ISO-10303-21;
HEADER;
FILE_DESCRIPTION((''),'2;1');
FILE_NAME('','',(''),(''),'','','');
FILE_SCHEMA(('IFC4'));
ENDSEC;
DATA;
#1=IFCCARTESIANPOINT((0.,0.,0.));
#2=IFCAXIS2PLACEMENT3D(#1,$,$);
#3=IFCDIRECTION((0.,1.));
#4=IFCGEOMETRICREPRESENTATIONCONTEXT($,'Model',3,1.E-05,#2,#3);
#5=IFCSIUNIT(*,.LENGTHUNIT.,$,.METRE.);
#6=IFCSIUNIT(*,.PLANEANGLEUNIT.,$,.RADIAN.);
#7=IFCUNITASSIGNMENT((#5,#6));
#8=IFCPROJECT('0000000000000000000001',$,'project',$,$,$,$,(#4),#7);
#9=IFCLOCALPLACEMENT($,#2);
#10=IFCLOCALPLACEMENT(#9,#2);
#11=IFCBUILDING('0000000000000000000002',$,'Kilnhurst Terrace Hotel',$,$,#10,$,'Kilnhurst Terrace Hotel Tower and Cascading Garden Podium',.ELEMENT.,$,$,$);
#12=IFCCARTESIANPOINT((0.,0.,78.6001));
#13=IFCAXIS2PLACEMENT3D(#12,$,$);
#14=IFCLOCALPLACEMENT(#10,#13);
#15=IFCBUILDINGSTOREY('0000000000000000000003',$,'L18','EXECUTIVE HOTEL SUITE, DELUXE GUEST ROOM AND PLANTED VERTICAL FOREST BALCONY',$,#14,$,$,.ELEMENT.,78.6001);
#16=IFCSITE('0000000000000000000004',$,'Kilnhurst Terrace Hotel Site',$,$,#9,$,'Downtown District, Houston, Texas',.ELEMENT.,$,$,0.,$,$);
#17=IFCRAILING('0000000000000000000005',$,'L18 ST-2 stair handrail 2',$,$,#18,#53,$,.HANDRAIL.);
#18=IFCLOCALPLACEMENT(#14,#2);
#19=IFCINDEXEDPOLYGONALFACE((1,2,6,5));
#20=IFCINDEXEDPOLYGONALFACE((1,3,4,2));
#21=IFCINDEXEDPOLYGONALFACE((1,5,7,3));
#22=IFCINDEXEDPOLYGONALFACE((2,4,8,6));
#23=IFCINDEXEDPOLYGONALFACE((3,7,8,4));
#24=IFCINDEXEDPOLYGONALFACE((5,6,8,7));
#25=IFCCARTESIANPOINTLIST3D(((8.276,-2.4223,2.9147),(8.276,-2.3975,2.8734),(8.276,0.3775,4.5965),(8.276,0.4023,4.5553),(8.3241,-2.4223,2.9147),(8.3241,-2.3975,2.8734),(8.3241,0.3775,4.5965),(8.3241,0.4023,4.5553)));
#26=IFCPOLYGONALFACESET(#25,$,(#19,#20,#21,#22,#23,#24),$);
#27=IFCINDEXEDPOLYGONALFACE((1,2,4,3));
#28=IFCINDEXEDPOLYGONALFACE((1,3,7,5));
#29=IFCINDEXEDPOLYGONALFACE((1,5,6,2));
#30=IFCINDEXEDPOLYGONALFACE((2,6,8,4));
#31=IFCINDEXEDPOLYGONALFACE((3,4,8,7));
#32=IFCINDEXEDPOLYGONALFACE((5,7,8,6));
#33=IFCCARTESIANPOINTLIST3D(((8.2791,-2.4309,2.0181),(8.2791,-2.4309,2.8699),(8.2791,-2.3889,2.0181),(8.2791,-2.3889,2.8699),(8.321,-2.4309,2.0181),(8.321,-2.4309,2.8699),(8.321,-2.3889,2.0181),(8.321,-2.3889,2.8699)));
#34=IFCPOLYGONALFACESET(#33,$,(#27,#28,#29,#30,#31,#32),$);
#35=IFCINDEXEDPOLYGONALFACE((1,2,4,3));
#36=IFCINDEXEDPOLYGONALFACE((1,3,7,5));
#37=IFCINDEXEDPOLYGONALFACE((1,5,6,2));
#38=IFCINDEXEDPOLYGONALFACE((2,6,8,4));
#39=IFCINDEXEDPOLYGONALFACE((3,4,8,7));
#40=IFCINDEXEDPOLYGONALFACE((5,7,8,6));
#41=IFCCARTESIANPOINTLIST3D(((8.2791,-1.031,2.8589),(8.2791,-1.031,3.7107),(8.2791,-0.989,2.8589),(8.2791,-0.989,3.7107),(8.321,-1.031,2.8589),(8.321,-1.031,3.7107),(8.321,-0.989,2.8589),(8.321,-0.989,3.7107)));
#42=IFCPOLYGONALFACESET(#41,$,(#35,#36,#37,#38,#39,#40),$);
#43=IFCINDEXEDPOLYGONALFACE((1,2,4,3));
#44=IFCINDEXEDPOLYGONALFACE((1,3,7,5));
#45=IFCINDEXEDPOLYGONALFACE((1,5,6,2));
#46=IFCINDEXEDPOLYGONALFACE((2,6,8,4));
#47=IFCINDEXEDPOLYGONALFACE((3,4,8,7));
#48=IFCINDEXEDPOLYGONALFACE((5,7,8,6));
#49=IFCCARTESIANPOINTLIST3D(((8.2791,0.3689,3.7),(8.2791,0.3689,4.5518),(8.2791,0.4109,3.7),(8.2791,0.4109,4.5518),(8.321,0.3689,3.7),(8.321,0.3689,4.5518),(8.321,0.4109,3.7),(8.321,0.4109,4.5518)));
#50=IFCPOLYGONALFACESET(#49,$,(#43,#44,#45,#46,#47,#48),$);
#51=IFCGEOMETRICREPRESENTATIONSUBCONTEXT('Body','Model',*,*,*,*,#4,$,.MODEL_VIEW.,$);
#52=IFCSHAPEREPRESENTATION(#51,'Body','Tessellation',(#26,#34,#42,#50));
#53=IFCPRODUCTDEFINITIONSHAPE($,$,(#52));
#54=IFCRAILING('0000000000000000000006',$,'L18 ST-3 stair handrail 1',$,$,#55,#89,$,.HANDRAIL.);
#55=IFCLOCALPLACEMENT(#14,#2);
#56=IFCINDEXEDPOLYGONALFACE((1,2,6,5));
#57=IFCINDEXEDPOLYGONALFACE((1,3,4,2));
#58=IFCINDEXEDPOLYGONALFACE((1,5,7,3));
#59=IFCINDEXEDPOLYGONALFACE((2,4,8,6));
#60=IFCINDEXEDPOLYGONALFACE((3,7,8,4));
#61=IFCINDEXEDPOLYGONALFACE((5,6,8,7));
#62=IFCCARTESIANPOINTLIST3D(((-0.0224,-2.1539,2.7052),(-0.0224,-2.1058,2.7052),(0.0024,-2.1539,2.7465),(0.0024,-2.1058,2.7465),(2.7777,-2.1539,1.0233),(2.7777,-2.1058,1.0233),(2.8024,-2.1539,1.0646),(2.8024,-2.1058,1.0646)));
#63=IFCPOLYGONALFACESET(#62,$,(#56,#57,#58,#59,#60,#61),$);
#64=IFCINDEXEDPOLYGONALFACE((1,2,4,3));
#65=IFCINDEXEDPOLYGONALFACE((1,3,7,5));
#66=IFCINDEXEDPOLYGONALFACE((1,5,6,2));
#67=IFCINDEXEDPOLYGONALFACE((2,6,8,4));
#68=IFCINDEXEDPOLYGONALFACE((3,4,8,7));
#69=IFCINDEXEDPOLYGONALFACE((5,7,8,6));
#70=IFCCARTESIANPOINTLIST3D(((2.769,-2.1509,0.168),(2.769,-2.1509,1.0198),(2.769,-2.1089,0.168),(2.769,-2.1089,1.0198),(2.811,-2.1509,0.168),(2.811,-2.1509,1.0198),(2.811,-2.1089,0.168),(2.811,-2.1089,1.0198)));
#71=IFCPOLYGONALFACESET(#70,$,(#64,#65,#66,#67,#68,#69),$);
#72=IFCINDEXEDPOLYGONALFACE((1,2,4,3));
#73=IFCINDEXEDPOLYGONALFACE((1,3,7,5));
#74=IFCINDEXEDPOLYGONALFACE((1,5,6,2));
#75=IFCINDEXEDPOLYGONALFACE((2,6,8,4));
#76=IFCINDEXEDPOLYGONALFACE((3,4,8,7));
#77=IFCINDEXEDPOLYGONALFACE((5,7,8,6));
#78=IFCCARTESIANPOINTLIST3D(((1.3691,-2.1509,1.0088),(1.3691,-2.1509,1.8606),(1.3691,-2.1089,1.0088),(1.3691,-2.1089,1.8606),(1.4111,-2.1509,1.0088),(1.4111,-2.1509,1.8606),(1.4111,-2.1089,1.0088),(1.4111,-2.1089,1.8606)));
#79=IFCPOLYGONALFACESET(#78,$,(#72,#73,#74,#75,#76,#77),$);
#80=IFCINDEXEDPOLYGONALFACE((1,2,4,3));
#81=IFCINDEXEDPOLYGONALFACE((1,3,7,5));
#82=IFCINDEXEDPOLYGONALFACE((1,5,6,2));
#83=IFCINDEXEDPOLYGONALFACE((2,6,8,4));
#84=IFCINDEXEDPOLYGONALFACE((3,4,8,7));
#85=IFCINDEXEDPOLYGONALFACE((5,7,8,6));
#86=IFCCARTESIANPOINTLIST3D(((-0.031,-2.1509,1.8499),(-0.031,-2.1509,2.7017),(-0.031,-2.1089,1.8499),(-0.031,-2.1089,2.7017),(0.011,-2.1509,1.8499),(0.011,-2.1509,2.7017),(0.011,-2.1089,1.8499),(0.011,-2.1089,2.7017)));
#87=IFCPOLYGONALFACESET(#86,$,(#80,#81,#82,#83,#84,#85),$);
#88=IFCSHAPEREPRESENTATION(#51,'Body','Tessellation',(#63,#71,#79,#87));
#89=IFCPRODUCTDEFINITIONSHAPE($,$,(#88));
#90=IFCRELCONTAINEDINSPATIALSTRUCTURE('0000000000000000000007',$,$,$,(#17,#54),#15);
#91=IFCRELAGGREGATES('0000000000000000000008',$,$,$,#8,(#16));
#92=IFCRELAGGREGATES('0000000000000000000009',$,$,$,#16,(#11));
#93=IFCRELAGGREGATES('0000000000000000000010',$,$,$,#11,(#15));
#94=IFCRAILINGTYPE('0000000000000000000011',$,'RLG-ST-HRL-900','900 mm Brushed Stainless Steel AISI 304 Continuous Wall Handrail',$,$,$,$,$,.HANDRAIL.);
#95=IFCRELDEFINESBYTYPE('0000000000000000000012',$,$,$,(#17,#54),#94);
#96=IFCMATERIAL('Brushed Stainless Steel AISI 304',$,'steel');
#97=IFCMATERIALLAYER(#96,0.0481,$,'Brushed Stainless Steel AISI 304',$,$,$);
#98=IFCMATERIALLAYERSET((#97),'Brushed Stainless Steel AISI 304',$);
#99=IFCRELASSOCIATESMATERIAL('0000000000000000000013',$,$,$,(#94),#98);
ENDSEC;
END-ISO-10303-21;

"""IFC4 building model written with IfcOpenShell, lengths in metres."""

from ifc_helpers import new_model, si_unit, direction, frame, origin, origin_2d, place, context, subcontext, project, spatial, rectangle, extrude, material, layer, layer_set, type_object, element, save


model = new_model("IFC4")

# Units and contexts
model_context = context("Model", 3, precision=1e-05, world=origin(), true_north=direction((0.0, 1.0)))
body_context = subcontext(model_context, "Body", "Model", "MODEL_VIEW")
ifc_project = project(units=[si_unit("LENGTHUNIT", "METRE"), si_unit("PLANEANGLEUNIT", "RADIAN")], contexts=[model_context])

# Site, building, storey
site_placement = place(None, origin())
site = spatial("IfcSite", under=ifc_project, at=site_placement, Name="Kilnhurst Terrace Hotel Site", LongName="Downtown District, Houston, Texas", CompositionType="ELEMENT", RefElevation=0.0)
building_placement = place(site_placement, origin())
building = spatial("IfcBuilding", under=site, at=building_placement, Name="Kilnhurst Terrace Hotel", LongName="Kilnhurst Terrace Hotel Tower and Cascading Garden Podium", CompositionType="ELEMENT")
storey_placement = place(building_placement, frame((0.0, 0.0, 78.6001)))
storey = spatial("IfcBuildingStorey", under=building, at=storey_placement, Name="L18", Description="EXECUTIVE HOTEL SUITE, DELUXE GUEST ROOM AND PLANTED VERTICAL FOREST BALCONY", CompositionType="ELEMENT", Elevation=78.6001)

# Railings
ifc_material_1 = material(Name="Brushed Stainless Steel AISI 304", Category="steel")
ifc_layer_1 = layer(ifc_material_1, 0.0481, Name="Brushed Stainless Steel AISI 304")
ifc_layer_set_1 = layer_set([ifc_layer_1], Name="Brushed Stainless Steel AISI 304")
railing_type_1 = type_object("IfcRailingType", Name="RLG-ST-HRL-900", Description="900 mm Brushed Stainless Steel AISI 304 Continuous Wall Handrail", PredefinedType="HANDRAIL", material=ifc_layer_set_1)
railing_1_placement = place(storey_placement, frame((8.3, -2.4099, 2.0181)))
element("IfcRailing", 1, at=railing_1_placement, inside=storey, type_object=railing_type_1, Name="L18 ST-2 stair handrail 2", PredefinedType="HANDRAIL", context=body_context, shape_type="SweptSolid", body=[
    extrude(rectangle(XDim=0.0481, YDim=0.0481, at=origin_2d()), frame((0.0, 0.0, 0.876), z_axis=(0.0, 0.857222, 0.514946), x_axis=(-1.0, 0.0, 0.0)), (0.0, 0.0, 1.0), 3.2661),
    extrude(rectangle(XDim=0.042, YDim=0.042, at=origin_2d()), origin(), (0.0, 0.0, 1.0), 0.8518),
    extrude(rectangle(XDim=0.042, YDim=0.042, at=origin_2d()), frame((0.0, 1.3999, 0.8408)), (0.0, 0.0, 1.0), 0.8518),
    extrude(rectangle(XDim=0.042, YDim=0.042, at=origin_2d()), frame((0.0, 2.7998, 1.6819)), (0.0, 0.0, 1.0), 0.8518),
])
railing_2_placement = place(storey_placement, frame((2.79, -2.1299, 0.168)))
element("IfcRailing", 2, at=railing_2_placement, inside=storey, type_object=railing_type_1, Name="L18 ST-3 stair handrail 1", PredefinedType="HANDRAIL", context=body_context, shape_type="SweptSolid", body=[
    extrude(rectangle(XDim=0.0481, YDim=0.0481, at=origin_2d()), frame((0.0, 0.0, 0.876), z_axis=(-0.857242, 0.0, 0.514913), x_axis=(0.0, -1.0, 0.0)), (0.0, 0.0, 1.0), 3.2664),
    extrude(rectangle(XDim=0.042, YDim=0.042, at=origin_2d()), origin(), (0.0, 0.0, 1.0), 0.8518),
    extrude(rectangle(XDim=0.042, YDim=0.042, at=origin_2d()), frame((-1.3999, 0.0, 0.8408)), (0.0, 0.0, 1.0), 0.8518),
    extrude(rectangle(XDim=0.042, YDim=0.042, at=origin_2d()), frame((-2.8, 0.0, 1.6819)), (0.0, 0.0, 1.0), 0.8518),
])

save(model, "model.ifc")
